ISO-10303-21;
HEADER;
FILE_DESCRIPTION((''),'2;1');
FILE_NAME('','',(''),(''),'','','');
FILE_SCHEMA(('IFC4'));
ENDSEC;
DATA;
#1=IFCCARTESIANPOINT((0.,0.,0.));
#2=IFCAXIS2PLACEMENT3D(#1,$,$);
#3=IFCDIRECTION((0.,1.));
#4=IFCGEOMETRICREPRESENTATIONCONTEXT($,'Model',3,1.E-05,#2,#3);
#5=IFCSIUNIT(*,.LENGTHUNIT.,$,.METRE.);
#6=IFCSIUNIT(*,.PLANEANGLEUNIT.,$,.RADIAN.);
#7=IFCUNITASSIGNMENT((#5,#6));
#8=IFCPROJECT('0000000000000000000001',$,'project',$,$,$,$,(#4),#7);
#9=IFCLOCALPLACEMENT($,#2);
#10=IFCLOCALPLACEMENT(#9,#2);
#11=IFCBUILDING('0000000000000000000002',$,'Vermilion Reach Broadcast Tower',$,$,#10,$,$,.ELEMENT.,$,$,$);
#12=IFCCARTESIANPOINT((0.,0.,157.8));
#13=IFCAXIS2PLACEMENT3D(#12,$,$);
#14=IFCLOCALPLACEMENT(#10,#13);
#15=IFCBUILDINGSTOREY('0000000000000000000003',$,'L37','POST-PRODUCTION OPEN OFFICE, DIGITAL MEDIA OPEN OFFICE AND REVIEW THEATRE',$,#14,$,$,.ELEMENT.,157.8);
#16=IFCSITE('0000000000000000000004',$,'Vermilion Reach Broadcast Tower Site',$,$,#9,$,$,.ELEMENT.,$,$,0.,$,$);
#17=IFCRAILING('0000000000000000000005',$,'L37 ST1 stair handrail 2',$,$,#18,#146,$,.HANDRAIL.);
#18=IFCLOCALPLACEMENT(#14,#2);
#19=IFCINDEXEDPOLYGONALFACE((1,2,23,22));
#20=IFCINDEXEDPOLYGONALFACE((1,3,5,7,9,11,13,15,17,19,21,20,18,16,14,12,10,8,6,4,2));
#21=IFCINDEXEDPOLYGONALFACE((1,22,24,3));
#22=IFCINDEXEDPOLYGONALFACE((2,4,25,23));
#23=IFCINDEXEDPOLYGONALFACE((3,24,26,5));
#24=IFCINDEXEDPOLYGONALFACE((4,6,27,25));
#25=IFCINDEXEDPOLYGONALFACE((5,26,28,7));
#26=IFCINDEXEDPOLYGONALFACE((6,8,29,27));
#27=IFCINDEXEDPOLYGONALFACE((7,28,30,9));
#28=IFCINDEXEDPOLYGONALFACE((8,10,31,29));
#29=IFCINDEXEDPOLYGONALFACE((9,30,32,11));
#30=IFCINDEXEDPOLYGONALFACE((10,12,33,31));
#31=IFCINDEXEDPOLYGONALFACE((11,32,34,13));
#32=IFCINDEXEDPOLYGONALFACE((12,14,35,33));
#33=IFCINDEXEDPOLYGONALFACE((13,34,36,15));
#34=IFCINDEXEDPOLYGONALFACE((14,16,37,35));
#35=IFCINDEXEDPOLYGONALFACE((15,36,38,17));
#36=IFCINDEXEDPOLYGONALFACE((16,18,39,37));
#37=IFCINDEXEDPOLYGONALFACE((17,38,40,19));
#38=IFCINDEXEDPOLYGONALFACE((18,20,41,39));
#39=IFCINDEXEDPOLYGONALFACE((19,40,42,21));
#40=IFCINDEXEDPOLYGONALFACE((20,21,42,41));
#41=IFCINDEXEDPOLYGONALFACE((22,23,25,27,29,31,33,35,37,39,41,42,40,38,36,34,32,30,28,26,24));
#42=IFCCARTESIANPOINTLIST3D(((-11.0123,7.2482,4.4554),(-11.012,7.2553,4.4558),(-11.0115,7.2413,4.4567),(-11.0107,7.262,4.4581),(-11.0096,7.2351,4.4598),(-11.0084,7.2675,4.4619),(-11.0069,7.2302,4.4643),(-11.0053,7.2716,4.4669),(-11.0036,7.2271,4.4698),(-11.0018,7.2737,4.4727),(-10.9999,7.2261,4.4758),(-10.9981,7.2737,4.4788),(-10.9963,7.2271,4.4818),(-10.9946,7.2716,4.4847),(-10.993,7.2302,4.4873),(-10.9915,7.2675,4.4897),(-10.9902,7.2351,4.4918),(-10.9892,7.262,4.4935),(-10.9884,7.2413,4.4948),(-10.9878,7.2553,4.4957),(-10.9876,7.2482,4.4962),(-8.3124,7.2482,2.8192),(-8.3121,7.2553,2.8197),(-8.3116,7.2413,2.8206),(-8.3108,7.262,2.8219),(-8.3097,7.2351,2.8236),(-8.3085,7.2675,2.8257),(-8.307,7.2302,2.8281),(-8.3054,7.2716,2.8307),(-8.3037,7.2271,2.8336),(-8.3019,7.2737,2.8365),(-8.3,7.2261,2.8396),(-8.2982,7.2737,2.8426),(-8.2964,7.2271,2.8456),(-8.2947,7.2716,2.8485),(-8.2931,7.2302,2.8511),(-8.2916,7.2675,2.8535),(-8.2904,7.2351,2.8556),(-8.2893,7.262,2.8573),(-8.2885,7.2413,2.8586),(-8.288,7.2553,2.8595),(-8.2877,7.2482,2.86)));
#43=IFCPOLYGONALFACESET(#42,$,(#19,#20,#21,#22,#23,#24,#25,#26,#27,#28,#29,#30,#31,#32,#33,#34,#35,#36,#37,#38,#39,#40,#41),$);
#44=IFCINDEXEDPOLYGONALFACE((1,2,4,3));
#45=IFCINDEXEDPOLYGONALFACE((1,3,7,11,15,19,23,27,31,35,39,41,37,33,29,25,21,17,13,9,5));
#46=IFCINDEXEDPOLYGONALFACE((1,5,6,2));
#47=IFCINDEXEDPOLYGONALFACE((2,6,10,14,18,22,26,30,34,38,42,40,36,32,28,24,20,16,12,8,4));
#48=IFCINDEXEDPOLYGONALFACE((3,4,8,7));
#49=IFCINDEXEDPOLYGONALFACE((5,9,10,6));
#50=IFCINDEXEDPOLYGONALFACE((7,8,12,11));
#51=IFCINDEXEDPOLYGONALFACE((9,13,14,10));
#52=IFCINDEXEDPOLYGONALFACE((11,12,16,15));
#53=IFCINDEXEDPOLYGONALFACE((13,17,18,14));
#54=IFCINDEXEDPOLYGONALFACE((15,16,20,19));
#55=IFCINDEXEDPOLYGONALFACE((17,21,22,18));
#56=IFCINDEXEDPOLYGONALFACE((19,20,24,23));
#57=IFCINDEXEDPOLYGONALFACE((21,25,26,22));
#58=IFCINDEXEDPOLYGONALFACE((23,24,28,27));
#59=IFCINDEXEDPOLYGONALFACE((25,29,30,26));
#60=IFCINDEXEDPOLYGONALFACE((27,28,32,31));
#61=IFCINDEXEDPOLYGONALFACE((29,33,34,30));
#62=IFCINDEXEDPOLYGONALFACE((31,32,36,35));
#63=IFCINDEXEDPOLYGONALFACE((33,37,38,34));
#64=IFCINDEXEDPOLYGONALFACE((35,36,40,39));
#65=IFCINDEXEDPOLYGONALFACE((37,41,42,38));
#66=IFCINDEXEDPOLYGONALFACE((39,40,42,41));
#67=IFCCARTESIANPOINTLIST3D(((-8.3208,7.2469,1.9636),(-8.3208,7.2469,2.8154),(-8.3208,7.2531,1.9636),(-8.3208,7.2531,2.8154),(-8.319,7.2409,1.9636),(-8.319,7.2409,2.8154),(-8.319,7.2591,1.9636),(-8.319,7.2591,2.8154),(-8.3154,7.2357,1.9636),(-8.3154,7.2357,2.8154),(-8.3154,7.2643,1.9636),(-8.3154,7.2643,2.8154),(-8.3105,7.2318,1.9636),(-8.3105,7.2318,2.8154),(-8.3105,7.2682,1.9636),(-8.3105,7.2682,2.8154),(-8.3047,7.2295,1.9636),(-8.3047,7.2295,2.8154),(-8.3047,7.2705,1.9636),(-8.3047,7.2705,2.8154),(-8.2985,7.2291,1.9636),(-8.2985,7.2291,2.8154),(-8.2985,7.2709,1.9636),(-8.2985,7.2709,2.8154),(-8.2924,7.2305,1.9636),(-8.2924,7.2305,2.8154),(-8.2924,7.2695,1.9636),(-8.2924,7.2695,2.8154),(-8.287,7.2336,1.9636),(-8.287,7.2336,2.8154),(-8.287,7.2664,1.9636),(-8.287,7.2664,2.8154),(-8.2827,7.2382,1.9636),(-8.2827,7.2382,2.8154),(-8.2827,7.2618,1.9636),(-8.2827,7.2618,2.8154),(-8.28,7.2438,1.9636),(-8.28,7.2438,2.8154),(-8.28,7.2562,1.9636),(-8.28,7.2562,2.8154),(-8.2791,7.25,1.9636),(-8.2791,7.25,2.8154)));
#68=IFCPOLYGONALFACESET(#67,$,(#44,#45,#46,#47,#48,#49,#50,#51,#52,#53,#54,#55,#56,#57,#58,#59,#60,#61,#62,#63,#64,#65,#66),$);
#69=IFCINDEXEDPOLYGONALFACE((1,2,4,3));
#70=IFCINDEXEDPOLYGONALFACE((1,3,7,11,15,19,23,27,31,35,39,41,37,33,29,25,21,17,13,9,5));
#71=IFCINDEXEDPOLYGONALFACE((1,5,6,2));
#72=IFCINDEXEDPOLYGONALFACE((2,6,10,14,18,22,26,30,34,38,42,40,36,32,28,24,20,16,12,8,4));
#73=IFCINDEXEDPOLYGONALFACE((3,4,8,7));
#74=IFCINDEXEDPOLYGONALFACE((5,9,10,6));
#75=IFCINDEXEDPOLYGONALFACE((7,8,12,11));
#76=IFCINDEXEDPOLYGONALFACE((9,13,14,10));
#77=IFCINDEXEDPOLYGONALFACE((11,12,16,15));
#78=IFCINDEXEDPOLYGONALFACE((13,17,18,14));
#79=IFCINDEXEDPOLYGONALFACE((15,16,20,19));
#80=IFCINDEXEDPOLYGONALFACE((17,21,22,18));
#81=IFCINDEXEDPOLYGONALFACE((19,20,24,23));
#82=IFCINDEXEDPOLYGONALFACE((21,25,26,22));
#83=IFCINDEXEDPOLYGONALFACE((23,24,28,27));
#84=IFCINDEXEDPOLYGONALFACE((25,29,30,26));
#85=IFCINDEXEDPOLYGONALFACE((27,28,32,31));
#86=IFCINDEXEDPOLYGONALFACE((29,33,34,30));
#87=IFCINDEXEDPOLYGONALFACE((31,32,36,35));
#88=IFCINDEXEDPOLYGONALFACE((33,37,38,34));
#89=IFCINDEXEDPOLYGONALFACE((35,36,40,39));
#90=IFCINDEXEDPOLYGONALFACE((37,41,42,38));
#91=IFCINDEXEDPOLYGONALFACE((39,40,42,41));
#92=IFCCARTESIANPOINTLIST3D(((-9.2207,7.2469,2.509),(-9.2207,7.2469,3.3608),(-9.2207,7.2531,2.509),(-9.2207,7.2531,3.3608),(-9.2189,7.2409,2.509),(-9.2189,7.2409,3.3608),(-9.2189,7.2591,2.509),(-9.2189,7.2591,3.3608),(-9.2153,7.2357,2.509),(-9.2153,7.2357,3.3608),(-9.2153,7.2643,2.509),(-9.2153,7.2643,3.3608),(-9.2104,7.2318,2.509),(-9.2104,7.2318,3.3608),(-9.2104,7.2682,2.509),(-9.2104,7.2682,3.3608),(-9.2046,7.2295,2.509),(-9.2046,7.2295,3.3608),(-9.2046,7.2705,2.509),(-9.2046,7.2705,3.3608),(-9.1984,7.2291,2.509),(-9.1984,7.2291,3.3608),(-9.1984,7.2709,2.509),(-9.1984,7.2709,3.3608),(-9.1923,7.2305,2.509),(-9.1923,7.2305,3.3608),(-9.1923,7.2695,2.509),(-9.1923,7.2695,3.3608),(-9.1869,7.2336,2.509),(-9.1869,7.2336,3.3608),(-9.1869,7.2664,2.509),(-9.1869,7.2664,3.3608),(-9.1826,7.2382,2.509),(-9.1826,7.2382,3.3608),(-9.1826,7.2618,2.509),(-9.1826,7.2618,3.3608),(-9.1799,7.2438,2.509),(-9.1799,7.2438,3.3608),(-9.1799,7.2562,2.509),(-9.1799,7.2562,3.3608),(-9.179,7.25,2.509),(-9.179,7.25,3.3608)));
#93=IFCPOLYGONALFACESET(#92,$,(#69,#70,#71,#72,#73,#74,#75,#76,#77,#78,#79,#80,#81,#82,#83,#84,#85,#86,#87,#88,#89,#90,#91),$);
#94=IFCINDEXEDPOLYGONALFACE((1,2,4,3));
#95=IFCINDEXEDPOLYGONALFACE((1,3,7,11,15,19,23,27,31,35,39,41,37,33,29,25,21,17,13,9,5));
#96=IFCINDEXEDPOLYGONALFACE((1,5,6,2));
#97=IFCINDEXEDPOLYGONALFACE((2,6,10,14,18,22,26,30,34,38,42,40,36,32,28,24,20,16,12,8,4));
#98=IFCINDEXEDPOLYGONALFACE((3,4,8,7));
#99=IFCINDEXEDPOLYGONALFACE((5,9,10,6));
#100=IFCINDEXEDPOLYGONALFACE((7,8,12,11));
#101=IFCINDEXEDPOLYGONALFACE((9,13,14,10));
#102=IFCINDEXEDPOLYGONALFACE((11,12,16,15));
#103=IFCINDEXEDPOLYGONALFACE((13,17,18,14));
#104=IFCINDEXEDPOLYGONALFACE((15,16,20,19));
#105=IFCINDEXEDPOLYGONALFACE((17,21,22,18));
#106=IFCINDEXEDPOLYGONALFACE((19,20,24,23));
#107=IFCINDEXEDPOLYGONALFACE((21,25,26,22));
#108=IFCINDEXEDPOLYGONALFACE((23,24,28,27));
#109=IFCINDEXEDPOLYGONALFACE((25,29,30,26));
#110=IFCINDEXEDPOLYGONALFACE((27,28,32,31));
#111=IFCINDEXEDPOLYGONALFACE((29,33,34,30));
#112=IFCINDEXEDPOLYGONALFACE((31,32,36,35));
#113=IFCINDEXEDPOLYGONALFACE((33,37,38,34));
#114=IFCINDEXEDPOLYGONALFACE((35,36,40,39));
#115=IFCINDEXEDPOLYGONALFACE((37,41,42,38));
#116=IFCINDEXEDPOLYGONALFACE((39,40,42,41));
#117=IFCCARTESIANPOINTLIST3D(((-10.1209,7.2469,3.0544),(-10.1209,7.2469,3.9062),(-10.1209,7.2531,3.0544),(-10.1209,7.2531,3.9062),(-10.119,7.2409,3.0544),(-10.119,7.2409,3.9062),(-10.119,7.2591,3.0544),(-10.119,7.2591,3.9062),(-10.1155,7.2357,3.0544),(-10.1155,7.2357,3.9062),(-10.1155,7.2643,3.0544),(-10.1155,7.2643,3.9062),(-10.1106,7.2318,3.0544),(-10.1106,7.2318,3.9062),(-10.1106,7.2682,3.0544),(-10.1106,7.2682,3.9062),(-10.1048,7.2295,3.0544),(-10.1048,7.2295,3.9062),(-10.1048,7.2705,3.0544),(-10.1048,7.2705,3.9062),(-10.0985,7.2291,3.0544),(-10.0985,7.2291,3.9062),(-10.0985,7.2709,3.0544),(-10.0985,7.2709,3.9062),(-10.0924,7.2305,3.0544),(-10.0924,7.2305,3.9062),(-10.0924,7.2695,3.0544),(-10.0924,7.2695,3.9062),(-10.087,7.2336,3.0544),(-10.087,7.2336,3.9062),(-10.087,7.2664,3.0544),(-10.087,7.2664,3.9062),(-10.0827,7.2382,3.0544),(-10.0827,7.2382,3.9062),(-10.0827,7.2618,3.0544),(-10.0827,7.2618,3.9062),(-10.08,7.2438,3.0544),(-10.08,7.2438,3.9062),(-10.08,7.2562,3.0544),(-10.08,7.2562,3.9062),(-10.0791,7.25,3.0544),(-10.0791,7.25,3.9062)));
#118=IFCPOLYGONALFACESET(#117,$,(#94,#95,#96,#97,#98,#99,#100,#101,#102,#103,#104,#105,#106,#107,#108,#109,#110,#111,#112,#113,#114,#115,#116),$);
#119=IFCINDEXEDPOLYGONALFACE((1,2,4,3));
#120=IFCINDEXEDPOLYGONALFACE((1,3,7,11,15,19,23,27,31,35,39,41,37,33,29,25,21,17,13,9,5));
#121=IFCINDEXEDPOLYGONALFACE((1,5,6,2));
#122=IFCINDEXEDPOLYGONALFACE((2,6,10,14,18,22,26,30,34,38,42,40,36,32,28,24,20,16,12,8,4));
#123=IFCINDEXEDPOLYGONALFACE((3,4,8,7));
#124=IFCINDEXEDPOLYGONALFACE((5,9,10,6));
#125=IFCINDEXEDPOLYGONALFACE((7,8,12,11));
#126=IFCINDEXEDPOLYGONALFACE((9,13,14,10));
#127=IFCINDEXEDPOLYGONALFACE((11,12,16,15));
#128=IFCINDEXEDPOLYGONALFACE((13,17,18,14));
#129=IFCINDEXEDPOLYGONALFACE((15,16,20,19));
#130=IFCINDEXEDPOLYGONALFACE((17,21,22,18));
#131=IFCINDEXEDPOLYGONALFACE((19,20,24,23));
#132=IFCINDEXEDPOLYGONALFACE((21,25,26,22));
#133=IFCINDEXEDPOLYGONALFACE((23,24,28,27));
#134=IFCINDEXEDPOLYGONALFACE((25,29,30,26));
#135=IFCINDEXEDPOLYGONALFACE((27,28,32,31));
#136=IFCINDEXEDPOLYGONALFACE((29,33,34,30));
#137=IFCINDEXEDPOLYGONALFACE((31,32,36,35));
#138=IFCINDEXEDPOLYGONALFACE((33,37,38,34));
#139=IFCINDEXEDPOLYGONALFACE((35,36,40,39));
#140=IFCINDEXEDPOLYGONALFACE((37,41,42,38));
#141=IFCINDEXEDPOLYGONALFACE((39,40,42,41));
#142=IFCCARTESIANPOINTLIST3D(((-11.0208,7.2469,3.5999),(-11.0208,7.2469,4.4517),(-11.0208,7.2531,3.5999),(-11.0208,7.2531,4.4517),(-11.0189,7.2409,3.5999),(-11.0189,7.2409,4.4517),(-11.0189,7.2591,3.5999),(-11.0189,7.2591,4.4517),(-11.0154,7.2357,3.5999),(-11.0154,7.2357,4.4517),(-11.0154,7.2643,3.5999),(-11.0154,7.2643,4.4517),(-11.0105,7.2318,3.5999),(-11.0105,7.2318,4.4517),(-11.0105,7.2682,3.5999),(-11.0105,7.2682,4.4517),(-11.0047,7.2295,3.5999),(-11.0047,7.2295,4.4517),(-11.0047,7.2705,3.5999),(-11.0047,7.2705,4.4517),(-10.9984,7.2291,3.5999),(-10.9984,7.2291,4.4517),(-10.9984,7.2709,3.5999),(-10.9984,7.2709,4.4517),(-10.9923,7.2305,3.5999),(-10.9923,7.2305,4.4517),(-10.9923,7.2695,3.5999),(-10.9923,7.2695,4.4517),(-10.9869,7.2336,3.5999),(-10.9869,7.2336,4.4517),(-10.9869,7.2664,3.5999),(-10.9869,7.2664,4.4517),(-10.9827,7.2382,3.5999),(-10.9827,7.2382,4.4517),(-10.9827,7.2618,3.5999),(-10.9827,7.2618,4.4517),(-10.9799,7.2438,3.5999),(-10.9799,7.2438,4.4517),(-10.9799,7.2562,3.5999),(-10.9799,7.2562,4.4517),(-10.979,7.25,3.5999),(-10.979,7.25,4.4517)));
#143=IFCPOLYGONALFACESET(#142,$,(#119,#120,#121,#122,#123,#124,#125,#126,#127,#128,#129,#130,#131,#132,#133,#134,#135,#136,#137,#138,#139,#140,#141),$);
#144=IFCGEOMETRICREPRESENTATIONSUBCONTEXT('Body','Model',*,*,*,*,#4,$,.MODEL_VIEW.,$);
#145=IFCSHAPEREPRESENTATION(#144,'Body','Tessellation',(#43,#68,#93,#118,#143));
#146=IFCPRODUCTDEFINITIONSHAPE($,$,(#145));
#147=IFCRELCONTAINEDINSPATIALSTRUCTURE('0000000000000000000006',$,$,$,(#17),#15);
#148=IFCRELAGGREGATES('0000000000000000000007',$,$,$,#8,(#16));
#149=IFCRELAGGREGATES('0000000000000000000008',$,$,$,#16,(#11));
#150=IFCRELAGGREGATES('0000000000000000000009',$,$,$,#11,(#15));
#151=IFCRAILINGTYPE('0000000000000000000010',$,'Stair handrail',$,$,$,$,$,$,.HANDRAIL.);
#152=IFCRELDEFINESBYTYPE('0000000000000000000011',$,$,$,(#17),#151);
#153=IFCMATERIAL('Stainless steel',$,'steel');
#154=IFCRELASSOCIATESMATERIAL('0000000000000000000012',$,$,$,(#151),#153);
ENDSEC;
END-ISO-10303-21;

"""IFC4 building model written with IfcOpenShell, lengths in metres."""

from ifc_helpers import new_model, si_unit, direction, frame, origin, origin_2d, place, context, subcontext, project, spatial, circle, extrude, material, type_object, element, save


model = new_model("IFC4")

# Units and contexts
model_context = context("Model", 3, precision=1e-05, world=origin(), true_north=direction((0.0, 1.0)))
body_context = subcontext(model_context, "Body", "Model", "MODEL_VIEW")
ifc_project = project(units=[si_unit("LENGTHUNIT", "METRE"), si_unit("PLANEANGLEUNIT", "RADIAN")], contexts=[model_context])

# Site, building, storey
site_placement = place(None, origin())
site = spatial("IfcSite", under=ifc_project, at=site_placement, Name="Vermilion Reach Broadcast Tower Site", CompositionType="ELEMENT", RefElevation=0.0)
building_placement = place(site_placement, origin())
building = spatial("IfcBuilding", under=site, at=building_placement, Name="Vermilion Reach Broadcast Tower", CompositionType="ELEMENT")
storey_placement = place(building_placement, frame((0.0, 0.0, 157.8)))
storey = spatial("IfcBuildingStorey", under=building, at=storey_placement, Name="L37", Description="POST-PRODUCTION OPEN OFFICE, DIGITAL MEDIA OPEN OFFICE AND REVIEW THEATRE", CompositionType="ELEMENT", Elevation=157.8)

# Railing
ifc_material_1 = material(Name="Stainless steel", Category="steel")
railing_type_1 = type_object("IfcRailingType", Name="Stair handrail", PredefinedType="HANDRAIL", material=ifc_material_1)
railing_1_placement = place(storey_placement, frame((-8.3, 7.25, 1.9636)))
element("IfcRailing", 1, at=railing_1_placement, inside=storey, type_object=railing_type_1, Name="L37 ST1 stair handrail 2", PredefinedType="HANDRAIL", context=body_context, shape_type="SweptSolid", body=[
    extrude(circle(Radius=0.0239, at=origin_2d()), frame((0.0, 0.0, 0.876), z_axis=(-0.855212, 0.0, 0.518278), x_axis=(0.0, -1.0, 0.0)), (0.0, 0.0, 1.0), 3.157),
    extrude(circle(Radius=0.021, at=origin_2d()), origin(), (0.0, 0.0, 1.0), 0.8518),
    extrude(circle(Radius=0.021, at=origin_2d()), frame((-0.8999, 0.0, 0.5454)), (0.0, 0.0, 1.0), 0.8518),
    extrude(circle(Radius=0.021, at=origin_2d()), frame((-1.8, 0.0, 1.0908)), (0.0, 0.0, 1.0), 0.8518),
    extrude(circle(Radius=0.021, at=origin_2d()), frame((-2.7, 0.0, 1.6362)), (0.0, 0.0, 1.0), 0.8518),
])

save(model, "model.ifc")
